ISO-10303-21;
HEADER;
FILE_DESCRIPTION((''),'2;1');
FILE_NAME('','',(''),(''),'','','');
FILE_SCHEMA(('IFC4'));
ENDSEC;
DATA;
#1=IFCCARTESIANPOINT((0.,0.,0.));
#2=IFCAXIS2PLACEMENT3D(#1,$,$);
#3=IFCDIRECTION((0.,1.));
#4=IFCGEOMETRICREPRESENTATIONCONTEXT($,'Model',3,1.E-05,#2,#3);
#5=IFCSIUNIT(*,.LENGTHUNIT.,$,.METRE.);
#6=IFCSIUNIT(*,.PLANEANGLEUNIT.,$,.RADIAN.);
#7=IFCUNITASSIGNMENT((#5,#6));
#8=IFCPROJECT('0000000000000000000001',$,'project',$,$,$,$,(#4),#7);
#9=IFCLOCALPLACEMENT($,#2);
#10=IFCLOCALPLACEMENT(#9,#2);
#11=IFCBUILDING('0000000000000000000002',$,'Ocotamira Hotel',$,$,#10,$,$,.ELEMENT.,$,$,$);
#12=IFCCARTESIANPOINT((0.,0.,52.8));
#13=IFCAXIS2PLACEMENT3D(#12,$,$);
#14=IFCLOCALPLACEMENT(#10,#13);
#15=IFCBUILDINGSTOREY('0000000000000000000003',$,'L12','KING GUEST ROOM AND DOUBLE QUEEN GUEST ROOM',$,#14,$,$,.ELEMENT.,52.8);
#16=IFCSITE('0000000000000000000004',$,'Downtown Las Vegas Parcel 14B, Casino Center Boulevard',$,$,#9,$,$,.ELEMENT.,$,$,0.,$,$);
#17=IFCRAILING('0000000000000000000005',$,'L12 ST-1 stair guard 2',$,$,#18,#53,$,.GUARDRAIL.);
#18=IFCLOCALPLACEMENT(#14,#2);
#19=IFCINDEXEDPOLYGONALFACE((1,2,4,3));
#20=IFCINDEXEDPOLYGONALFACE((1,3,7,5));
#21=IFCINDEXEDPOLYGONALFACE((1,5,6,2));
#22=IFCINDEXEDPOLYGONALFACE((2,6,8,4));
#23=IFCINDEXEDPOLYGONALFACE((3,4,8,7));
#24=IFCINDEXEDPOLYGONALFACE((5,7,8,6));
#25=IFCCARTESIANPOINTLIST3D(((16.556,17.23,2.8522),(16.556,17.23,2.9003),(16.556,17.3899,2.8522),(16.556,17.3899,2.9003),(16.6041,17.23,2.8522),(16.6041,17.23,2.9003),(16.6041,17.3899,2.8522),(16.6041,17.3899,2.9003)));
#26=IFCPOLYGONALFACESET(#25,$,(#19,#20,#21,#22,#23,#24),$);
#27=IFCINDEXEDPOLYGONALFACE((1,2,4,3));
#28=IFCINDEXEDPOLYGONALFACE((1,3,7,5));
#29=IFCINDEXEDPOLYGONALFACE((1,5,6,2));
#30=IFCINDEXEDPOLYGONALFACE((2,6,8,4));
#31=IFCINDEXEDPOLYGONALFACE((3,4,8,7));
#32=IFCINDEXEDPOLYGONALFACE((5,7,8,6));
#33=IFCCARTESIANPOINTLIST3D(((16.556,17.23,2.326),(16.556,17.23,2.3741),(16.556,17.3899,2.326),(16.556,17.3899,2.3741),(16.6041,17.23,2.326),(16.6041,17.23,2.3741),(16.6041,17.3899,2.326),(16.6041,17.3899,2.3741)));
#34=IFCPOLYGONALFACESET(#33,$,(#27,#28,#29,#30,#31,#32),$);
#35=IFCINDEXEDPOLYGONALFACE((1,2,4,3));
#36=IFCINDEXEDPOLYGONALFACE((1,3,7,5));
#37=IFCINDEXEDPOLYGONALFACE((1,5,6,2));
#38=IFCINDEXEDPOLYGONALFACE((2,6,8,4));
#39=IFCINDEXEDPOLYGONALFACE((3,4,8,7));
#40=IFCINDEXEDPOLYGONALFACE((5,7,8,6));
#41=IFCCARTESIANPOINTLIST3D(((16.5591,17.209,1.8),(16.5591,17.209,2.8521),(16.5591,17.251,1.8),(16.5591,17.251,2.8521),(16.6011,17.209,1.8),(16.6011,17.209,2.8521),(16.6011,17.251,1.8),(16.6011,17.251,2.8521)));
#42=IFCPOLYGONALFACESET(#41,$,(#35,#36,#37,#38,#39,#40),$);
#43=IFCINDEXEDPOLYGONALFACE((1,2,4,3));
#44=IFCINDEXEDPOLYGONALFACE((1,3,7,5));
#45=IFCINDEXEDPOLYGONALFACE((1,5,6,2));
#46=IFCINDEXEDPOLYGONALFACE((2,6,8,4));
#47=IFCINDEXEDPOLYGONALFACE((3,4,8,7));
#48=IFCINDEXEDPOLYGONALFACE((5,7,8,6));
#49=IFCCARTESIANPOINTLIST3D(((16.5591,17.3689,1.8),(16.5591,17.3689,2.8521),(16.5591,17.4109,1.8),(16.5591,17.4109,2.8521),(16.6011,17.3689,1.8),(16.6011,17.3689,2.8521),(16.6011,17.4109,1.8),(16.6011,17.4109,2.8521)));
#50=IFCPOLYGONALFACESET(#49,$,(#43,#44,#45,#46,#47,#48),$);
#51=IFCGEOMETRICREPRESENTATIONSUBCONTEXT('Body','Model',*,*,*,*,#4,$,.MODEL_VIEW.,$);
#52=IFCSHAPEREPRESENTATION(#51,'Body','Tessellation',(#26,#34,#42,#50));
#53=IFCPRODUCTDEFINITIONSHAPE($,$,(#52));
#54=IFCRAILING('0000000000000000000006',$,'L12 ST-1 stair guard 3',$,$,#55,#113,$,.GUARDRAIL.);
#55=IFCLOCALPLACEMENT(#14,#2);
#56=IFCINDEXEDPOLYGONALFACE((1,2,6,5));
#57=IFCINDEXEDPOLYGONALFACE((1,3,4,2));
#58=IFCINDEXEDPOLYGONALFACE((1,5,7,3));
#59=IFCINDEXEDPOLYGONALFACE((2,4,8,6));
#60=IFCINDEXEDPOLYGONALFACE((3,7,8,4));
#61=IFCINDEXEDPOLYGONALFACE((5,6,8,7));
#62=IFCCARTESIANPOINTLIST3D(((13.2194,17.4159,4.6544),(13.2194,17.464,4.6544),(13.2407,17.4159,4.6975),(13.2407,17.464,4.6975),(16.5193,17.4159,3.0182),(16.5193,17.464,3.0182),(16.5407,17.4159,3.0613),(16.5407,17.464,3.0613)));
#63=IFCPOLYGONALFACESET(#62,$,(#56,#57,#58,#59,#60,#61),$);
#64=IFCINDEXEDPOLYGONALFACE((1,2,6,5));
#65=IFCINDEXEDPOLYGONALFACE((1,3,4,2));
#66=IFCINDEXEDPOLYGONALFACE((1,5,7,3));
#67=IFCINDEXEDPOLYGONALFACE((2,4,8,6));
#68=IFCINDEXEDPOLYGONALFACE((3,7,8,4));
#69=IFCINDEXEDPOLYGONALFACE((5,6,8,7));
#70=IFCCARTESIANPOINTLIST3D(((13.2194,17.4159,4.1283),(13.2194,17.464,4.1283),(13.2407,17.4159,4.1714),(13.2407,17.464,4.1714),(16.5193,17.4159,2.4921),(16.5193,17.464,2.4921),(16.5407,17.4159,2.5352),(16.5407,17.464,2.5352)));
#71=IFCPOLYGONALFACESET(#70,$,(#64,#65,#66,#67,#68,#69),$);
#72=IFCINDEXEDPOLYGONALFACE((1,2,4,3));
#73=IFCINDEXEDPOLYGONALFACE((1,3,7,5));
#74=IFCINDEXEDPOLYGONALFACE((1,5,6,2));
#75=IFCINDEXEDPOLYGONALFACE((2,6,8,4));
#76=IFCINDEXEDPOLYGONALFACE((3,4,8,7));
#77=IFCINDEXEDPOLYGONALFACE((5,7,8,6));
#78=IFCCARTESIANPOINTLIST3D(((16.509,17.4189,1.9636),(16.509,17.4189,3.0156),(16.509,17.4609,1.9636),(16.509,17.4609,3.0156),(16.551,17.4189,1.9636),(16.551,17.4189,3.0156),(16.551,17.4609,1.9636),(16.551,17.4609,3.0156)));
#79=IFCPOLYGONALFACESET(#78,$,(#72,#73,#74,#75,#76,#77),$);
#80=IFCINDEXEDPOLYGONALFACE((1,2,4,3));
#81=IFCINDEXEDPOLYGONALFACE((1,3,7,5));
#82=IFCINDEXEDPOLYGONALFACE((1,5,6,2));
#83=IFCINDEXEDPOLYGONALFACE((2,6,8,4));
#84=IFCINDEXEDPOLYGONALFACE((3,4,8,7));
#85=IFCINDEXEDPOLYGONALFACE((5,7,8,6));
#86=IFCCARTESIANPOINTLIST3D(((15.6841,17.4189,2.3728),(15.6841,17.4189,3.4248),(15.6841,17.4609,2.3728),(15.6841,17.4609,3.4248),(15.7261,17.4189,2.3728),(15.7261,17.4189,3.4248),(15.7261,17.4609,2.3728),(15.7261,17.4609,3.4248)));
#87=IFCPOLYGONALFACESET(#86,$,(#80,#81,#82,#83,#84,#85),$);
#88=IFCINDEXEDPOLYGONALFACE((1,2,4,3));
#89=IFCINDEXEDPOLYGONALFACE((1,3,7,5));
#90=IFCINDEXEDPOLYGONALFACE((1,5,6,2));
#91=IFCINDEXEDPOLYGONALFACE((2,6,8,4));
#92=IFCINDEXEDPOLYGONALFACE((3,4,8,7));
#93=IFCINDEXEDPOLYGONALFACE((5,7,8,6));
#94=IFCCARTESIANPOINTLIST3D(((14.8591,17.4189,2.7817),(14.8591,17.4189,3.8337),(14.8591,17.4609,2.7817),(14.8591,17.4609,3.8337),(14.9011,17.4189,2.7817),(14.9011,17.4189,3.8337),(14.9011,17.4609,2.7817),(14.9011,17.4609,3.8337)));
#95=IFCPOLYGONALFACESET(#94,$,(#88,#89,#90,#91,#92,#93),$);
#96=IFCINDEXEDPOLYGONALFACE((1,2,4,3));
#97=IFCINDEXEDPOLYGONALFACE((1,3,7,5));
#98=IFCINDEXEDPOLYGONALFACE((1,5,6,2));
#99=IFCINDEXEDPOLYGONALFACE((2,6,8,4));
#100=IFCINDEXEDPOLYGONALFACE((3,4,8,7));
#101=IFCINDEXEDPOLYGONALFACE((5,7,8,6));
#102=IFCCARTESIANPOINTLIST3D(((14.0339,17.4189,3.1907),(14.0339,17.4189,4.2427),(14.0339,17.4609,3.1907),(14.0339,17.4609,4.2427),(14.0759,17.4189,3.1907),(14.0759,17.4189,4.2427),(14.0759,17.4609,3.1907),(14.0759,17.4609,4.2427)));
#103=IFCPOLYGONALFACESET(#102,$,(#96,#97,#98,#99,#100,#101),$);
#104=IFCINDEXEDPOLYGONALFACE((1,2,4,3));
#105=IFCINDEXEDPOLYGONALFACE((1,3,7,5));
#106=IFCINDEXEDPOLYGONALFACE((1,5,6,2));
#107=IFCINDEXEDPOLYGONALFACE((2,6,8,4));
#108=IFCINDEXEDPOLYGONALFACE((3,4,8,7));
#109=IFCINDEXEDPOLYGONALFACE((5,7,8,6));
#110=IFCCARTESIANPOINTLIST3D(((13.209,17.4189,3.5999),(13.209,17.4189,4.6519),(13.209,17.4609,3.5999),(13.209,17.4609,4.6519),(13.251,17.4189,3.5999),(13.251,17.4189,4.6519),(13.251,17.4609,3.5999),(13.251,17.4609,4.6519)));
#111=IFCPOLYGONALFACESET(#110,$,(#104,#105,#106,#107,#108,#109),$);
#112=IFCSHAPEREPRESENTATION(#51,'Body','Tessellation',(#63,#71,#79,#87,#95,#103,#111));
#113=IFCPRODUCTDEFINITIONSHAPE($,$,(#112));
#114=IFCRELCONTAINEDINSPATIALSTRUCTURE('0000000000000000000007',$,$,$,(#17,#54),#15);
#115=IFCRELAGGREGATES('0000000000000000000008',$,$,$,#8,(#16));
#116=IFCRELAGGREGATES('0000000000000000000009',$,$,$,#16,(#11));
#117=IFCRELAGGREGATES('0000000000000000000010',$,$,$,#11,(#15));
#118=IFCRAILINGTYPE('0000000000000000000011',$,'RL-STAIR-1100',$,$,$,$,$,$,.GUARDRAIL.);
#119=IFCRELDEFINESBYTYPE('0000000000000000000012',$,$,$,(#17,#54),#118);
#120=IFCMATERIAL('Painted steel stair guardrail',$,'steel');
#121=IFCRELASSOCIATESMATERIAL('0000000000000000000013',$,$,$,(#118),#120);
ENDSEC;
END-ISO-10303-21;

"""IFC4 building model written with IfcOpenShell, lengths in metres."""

from ifc_helpers import new_model, si_unit, direction, frame, origin, origin_2d, place, context, subcontext, project, spatial, rectangle, extrude, material, type_object, element, save


model = new_model("IFC4")

# Units and contexts
model_context = context("Model", 3, precision=1e-05, world=origin(), true_north=direction((0.0, 1.0)))
body_context = subcontext(model_context, "Body", "Model", "MODEL_VIEW")
ifc_project = project(units=[si_unit("LENGTHUNIT", "METRE"), si_unit("PLANEANGLEUNIT", "RADIAN")], contexts=[model_context])

# Site, building, storey
site_placement = place(None, origin())
site = spatial("IfcSite", under=ifc_project, at=site_placement, Name="Downtown Las Vegas Parcel 14B, Casino Center Boulevard", CompositionType="ELEMENT", RefElevation=0.0)
building_placement = place(site_placement, origin())
building = spatial("IfcBuilding", under=site, at=building_placement, Name="Ocotamira Hotel", CompositionType="ELEMENT")
storey_placement = place(building_placement, frame((0.0, 0.0, 52.8)))
storey = spatial("IfcBuildingStorey", under=building, at=storey_placement, Name="L12", Description="KING GUEST ROOM AND DOUBLE QUEEN GUEST ROOM", CompositionType="ELEMENT", Elevation=52.8)

# Railings
ifc_material_1 = material(Name="Painted steel stair guardrail", Category="steel")
railing_type_1 = type_object("IfcRailingType", Name="RL-STAIR-1100", PredefinedType="GUARDRAIL", material=ifc_material_1)
railing_1_placement = place(storey_placement, frame((16.5801, 17.23, 1.8)))
element("IfcRailing", 1, at=railing_1_placement, inside=storey, type_object=railing_type_1, Name="L12 ST-1 stair guard 2", PredefinedType="GUARDRAIL", context=body_context, shape_type="SweptSolid", body=[
    extrude(rectangle(XDim=0.0481, YDim=0.0481, at=origin_2d()), frame((0.0, 0.0, 1.0762), z_axis=(0.0, 1.0, 0.0), x_axis=(-1.0, 0.0, 0.0)), (0.0, 0.0, 1.0), 0.1599),
    extrude(rectangle(XDim=0.0481, YDim=0.0481, at=origin_2d()), frame((0.0, 0.0, 0.55), z_axis=(0.0, 1.0, 0.0), x_axis=(-1.0, 0.0, 0.0)), (0.0, 0.0, 1.0), 0.1599),
    extrude(rectangle(XDim=0.042, YDim=0.042, at=origin_2d()), origin(), (0.0, 0.0, 1.0), 1.052),
    extrude(rectangle(XDim=0.042, YDim=0.042, at=origin_2d()), frame((0.0, 0.1599, 0.0)), (0.0, 0.0, 1.0), 1.052),
])
railing_2_placement = place(storey_placement, frame((16.53, 17.4399, 1.9636)))
element("IfcRailing", 2, at=railing_2_placement, inside=storey, type_object=railing_type_1, Name="L12 ST-1 stair guard 3", PredefinedType="GUARDRAIL", context=body_context, shape_type="SweptSolid", body=[
    extrude(rectangle(XDim=0.0481, YDim=0.0481, at=origin_2d()), frame((0.0, 0.0, 1.0762), z_axis=(-0.89592, 0.0, 0.444215), x_axis=(0.0, -1.0, 0.0)), (0.0, 0.0, 1.0), 3.6833),
    extrude(rectangle(XDim=0.0481, YDim=0.0481, at=origin_2d()), frame((0.0, 0.0, 0.55), z_axis=(-0.89592, 0.0, 0.444215), x_axis=(0.0, -1.0, 0.0)), (0.0, 0.0, 1.0), 3.6833),
    extrude(rectangle(XDim=0.042, YDim=0.042, at=origin_2d()), origin(), (0.0, 0.0, 1.0), 1.052),
    extrude(rectangle(XDim=0.042, YDim=0.042, at=origin_2d()), frame((-0.825, 0.0, 0.4092)), (0.0, 0.0, 1.0), 1.052),
    extrude(rectangle(XDim=0.042, YDim=0.042, at=origin_2d()), frame((-1.6499, 0.0, 0.8181)), (0.0, 0.0, 1.0), 1.052),
    extrude(rectangle(XDim=0.042, YDim=0.042, at=origin_2d()), frame((-2.4751, 0.0, 1.2271)), (0.0, 0.0, 1.0), 1.052),
    extrude(rectangle(XDim=0.042, YDim=0.042, at=origin_2d()), frame((-3.3, 0.0, 1.6362)), (0.0, 0.0, 1.0), 1.052),
])

save(model, "model.ifc")
